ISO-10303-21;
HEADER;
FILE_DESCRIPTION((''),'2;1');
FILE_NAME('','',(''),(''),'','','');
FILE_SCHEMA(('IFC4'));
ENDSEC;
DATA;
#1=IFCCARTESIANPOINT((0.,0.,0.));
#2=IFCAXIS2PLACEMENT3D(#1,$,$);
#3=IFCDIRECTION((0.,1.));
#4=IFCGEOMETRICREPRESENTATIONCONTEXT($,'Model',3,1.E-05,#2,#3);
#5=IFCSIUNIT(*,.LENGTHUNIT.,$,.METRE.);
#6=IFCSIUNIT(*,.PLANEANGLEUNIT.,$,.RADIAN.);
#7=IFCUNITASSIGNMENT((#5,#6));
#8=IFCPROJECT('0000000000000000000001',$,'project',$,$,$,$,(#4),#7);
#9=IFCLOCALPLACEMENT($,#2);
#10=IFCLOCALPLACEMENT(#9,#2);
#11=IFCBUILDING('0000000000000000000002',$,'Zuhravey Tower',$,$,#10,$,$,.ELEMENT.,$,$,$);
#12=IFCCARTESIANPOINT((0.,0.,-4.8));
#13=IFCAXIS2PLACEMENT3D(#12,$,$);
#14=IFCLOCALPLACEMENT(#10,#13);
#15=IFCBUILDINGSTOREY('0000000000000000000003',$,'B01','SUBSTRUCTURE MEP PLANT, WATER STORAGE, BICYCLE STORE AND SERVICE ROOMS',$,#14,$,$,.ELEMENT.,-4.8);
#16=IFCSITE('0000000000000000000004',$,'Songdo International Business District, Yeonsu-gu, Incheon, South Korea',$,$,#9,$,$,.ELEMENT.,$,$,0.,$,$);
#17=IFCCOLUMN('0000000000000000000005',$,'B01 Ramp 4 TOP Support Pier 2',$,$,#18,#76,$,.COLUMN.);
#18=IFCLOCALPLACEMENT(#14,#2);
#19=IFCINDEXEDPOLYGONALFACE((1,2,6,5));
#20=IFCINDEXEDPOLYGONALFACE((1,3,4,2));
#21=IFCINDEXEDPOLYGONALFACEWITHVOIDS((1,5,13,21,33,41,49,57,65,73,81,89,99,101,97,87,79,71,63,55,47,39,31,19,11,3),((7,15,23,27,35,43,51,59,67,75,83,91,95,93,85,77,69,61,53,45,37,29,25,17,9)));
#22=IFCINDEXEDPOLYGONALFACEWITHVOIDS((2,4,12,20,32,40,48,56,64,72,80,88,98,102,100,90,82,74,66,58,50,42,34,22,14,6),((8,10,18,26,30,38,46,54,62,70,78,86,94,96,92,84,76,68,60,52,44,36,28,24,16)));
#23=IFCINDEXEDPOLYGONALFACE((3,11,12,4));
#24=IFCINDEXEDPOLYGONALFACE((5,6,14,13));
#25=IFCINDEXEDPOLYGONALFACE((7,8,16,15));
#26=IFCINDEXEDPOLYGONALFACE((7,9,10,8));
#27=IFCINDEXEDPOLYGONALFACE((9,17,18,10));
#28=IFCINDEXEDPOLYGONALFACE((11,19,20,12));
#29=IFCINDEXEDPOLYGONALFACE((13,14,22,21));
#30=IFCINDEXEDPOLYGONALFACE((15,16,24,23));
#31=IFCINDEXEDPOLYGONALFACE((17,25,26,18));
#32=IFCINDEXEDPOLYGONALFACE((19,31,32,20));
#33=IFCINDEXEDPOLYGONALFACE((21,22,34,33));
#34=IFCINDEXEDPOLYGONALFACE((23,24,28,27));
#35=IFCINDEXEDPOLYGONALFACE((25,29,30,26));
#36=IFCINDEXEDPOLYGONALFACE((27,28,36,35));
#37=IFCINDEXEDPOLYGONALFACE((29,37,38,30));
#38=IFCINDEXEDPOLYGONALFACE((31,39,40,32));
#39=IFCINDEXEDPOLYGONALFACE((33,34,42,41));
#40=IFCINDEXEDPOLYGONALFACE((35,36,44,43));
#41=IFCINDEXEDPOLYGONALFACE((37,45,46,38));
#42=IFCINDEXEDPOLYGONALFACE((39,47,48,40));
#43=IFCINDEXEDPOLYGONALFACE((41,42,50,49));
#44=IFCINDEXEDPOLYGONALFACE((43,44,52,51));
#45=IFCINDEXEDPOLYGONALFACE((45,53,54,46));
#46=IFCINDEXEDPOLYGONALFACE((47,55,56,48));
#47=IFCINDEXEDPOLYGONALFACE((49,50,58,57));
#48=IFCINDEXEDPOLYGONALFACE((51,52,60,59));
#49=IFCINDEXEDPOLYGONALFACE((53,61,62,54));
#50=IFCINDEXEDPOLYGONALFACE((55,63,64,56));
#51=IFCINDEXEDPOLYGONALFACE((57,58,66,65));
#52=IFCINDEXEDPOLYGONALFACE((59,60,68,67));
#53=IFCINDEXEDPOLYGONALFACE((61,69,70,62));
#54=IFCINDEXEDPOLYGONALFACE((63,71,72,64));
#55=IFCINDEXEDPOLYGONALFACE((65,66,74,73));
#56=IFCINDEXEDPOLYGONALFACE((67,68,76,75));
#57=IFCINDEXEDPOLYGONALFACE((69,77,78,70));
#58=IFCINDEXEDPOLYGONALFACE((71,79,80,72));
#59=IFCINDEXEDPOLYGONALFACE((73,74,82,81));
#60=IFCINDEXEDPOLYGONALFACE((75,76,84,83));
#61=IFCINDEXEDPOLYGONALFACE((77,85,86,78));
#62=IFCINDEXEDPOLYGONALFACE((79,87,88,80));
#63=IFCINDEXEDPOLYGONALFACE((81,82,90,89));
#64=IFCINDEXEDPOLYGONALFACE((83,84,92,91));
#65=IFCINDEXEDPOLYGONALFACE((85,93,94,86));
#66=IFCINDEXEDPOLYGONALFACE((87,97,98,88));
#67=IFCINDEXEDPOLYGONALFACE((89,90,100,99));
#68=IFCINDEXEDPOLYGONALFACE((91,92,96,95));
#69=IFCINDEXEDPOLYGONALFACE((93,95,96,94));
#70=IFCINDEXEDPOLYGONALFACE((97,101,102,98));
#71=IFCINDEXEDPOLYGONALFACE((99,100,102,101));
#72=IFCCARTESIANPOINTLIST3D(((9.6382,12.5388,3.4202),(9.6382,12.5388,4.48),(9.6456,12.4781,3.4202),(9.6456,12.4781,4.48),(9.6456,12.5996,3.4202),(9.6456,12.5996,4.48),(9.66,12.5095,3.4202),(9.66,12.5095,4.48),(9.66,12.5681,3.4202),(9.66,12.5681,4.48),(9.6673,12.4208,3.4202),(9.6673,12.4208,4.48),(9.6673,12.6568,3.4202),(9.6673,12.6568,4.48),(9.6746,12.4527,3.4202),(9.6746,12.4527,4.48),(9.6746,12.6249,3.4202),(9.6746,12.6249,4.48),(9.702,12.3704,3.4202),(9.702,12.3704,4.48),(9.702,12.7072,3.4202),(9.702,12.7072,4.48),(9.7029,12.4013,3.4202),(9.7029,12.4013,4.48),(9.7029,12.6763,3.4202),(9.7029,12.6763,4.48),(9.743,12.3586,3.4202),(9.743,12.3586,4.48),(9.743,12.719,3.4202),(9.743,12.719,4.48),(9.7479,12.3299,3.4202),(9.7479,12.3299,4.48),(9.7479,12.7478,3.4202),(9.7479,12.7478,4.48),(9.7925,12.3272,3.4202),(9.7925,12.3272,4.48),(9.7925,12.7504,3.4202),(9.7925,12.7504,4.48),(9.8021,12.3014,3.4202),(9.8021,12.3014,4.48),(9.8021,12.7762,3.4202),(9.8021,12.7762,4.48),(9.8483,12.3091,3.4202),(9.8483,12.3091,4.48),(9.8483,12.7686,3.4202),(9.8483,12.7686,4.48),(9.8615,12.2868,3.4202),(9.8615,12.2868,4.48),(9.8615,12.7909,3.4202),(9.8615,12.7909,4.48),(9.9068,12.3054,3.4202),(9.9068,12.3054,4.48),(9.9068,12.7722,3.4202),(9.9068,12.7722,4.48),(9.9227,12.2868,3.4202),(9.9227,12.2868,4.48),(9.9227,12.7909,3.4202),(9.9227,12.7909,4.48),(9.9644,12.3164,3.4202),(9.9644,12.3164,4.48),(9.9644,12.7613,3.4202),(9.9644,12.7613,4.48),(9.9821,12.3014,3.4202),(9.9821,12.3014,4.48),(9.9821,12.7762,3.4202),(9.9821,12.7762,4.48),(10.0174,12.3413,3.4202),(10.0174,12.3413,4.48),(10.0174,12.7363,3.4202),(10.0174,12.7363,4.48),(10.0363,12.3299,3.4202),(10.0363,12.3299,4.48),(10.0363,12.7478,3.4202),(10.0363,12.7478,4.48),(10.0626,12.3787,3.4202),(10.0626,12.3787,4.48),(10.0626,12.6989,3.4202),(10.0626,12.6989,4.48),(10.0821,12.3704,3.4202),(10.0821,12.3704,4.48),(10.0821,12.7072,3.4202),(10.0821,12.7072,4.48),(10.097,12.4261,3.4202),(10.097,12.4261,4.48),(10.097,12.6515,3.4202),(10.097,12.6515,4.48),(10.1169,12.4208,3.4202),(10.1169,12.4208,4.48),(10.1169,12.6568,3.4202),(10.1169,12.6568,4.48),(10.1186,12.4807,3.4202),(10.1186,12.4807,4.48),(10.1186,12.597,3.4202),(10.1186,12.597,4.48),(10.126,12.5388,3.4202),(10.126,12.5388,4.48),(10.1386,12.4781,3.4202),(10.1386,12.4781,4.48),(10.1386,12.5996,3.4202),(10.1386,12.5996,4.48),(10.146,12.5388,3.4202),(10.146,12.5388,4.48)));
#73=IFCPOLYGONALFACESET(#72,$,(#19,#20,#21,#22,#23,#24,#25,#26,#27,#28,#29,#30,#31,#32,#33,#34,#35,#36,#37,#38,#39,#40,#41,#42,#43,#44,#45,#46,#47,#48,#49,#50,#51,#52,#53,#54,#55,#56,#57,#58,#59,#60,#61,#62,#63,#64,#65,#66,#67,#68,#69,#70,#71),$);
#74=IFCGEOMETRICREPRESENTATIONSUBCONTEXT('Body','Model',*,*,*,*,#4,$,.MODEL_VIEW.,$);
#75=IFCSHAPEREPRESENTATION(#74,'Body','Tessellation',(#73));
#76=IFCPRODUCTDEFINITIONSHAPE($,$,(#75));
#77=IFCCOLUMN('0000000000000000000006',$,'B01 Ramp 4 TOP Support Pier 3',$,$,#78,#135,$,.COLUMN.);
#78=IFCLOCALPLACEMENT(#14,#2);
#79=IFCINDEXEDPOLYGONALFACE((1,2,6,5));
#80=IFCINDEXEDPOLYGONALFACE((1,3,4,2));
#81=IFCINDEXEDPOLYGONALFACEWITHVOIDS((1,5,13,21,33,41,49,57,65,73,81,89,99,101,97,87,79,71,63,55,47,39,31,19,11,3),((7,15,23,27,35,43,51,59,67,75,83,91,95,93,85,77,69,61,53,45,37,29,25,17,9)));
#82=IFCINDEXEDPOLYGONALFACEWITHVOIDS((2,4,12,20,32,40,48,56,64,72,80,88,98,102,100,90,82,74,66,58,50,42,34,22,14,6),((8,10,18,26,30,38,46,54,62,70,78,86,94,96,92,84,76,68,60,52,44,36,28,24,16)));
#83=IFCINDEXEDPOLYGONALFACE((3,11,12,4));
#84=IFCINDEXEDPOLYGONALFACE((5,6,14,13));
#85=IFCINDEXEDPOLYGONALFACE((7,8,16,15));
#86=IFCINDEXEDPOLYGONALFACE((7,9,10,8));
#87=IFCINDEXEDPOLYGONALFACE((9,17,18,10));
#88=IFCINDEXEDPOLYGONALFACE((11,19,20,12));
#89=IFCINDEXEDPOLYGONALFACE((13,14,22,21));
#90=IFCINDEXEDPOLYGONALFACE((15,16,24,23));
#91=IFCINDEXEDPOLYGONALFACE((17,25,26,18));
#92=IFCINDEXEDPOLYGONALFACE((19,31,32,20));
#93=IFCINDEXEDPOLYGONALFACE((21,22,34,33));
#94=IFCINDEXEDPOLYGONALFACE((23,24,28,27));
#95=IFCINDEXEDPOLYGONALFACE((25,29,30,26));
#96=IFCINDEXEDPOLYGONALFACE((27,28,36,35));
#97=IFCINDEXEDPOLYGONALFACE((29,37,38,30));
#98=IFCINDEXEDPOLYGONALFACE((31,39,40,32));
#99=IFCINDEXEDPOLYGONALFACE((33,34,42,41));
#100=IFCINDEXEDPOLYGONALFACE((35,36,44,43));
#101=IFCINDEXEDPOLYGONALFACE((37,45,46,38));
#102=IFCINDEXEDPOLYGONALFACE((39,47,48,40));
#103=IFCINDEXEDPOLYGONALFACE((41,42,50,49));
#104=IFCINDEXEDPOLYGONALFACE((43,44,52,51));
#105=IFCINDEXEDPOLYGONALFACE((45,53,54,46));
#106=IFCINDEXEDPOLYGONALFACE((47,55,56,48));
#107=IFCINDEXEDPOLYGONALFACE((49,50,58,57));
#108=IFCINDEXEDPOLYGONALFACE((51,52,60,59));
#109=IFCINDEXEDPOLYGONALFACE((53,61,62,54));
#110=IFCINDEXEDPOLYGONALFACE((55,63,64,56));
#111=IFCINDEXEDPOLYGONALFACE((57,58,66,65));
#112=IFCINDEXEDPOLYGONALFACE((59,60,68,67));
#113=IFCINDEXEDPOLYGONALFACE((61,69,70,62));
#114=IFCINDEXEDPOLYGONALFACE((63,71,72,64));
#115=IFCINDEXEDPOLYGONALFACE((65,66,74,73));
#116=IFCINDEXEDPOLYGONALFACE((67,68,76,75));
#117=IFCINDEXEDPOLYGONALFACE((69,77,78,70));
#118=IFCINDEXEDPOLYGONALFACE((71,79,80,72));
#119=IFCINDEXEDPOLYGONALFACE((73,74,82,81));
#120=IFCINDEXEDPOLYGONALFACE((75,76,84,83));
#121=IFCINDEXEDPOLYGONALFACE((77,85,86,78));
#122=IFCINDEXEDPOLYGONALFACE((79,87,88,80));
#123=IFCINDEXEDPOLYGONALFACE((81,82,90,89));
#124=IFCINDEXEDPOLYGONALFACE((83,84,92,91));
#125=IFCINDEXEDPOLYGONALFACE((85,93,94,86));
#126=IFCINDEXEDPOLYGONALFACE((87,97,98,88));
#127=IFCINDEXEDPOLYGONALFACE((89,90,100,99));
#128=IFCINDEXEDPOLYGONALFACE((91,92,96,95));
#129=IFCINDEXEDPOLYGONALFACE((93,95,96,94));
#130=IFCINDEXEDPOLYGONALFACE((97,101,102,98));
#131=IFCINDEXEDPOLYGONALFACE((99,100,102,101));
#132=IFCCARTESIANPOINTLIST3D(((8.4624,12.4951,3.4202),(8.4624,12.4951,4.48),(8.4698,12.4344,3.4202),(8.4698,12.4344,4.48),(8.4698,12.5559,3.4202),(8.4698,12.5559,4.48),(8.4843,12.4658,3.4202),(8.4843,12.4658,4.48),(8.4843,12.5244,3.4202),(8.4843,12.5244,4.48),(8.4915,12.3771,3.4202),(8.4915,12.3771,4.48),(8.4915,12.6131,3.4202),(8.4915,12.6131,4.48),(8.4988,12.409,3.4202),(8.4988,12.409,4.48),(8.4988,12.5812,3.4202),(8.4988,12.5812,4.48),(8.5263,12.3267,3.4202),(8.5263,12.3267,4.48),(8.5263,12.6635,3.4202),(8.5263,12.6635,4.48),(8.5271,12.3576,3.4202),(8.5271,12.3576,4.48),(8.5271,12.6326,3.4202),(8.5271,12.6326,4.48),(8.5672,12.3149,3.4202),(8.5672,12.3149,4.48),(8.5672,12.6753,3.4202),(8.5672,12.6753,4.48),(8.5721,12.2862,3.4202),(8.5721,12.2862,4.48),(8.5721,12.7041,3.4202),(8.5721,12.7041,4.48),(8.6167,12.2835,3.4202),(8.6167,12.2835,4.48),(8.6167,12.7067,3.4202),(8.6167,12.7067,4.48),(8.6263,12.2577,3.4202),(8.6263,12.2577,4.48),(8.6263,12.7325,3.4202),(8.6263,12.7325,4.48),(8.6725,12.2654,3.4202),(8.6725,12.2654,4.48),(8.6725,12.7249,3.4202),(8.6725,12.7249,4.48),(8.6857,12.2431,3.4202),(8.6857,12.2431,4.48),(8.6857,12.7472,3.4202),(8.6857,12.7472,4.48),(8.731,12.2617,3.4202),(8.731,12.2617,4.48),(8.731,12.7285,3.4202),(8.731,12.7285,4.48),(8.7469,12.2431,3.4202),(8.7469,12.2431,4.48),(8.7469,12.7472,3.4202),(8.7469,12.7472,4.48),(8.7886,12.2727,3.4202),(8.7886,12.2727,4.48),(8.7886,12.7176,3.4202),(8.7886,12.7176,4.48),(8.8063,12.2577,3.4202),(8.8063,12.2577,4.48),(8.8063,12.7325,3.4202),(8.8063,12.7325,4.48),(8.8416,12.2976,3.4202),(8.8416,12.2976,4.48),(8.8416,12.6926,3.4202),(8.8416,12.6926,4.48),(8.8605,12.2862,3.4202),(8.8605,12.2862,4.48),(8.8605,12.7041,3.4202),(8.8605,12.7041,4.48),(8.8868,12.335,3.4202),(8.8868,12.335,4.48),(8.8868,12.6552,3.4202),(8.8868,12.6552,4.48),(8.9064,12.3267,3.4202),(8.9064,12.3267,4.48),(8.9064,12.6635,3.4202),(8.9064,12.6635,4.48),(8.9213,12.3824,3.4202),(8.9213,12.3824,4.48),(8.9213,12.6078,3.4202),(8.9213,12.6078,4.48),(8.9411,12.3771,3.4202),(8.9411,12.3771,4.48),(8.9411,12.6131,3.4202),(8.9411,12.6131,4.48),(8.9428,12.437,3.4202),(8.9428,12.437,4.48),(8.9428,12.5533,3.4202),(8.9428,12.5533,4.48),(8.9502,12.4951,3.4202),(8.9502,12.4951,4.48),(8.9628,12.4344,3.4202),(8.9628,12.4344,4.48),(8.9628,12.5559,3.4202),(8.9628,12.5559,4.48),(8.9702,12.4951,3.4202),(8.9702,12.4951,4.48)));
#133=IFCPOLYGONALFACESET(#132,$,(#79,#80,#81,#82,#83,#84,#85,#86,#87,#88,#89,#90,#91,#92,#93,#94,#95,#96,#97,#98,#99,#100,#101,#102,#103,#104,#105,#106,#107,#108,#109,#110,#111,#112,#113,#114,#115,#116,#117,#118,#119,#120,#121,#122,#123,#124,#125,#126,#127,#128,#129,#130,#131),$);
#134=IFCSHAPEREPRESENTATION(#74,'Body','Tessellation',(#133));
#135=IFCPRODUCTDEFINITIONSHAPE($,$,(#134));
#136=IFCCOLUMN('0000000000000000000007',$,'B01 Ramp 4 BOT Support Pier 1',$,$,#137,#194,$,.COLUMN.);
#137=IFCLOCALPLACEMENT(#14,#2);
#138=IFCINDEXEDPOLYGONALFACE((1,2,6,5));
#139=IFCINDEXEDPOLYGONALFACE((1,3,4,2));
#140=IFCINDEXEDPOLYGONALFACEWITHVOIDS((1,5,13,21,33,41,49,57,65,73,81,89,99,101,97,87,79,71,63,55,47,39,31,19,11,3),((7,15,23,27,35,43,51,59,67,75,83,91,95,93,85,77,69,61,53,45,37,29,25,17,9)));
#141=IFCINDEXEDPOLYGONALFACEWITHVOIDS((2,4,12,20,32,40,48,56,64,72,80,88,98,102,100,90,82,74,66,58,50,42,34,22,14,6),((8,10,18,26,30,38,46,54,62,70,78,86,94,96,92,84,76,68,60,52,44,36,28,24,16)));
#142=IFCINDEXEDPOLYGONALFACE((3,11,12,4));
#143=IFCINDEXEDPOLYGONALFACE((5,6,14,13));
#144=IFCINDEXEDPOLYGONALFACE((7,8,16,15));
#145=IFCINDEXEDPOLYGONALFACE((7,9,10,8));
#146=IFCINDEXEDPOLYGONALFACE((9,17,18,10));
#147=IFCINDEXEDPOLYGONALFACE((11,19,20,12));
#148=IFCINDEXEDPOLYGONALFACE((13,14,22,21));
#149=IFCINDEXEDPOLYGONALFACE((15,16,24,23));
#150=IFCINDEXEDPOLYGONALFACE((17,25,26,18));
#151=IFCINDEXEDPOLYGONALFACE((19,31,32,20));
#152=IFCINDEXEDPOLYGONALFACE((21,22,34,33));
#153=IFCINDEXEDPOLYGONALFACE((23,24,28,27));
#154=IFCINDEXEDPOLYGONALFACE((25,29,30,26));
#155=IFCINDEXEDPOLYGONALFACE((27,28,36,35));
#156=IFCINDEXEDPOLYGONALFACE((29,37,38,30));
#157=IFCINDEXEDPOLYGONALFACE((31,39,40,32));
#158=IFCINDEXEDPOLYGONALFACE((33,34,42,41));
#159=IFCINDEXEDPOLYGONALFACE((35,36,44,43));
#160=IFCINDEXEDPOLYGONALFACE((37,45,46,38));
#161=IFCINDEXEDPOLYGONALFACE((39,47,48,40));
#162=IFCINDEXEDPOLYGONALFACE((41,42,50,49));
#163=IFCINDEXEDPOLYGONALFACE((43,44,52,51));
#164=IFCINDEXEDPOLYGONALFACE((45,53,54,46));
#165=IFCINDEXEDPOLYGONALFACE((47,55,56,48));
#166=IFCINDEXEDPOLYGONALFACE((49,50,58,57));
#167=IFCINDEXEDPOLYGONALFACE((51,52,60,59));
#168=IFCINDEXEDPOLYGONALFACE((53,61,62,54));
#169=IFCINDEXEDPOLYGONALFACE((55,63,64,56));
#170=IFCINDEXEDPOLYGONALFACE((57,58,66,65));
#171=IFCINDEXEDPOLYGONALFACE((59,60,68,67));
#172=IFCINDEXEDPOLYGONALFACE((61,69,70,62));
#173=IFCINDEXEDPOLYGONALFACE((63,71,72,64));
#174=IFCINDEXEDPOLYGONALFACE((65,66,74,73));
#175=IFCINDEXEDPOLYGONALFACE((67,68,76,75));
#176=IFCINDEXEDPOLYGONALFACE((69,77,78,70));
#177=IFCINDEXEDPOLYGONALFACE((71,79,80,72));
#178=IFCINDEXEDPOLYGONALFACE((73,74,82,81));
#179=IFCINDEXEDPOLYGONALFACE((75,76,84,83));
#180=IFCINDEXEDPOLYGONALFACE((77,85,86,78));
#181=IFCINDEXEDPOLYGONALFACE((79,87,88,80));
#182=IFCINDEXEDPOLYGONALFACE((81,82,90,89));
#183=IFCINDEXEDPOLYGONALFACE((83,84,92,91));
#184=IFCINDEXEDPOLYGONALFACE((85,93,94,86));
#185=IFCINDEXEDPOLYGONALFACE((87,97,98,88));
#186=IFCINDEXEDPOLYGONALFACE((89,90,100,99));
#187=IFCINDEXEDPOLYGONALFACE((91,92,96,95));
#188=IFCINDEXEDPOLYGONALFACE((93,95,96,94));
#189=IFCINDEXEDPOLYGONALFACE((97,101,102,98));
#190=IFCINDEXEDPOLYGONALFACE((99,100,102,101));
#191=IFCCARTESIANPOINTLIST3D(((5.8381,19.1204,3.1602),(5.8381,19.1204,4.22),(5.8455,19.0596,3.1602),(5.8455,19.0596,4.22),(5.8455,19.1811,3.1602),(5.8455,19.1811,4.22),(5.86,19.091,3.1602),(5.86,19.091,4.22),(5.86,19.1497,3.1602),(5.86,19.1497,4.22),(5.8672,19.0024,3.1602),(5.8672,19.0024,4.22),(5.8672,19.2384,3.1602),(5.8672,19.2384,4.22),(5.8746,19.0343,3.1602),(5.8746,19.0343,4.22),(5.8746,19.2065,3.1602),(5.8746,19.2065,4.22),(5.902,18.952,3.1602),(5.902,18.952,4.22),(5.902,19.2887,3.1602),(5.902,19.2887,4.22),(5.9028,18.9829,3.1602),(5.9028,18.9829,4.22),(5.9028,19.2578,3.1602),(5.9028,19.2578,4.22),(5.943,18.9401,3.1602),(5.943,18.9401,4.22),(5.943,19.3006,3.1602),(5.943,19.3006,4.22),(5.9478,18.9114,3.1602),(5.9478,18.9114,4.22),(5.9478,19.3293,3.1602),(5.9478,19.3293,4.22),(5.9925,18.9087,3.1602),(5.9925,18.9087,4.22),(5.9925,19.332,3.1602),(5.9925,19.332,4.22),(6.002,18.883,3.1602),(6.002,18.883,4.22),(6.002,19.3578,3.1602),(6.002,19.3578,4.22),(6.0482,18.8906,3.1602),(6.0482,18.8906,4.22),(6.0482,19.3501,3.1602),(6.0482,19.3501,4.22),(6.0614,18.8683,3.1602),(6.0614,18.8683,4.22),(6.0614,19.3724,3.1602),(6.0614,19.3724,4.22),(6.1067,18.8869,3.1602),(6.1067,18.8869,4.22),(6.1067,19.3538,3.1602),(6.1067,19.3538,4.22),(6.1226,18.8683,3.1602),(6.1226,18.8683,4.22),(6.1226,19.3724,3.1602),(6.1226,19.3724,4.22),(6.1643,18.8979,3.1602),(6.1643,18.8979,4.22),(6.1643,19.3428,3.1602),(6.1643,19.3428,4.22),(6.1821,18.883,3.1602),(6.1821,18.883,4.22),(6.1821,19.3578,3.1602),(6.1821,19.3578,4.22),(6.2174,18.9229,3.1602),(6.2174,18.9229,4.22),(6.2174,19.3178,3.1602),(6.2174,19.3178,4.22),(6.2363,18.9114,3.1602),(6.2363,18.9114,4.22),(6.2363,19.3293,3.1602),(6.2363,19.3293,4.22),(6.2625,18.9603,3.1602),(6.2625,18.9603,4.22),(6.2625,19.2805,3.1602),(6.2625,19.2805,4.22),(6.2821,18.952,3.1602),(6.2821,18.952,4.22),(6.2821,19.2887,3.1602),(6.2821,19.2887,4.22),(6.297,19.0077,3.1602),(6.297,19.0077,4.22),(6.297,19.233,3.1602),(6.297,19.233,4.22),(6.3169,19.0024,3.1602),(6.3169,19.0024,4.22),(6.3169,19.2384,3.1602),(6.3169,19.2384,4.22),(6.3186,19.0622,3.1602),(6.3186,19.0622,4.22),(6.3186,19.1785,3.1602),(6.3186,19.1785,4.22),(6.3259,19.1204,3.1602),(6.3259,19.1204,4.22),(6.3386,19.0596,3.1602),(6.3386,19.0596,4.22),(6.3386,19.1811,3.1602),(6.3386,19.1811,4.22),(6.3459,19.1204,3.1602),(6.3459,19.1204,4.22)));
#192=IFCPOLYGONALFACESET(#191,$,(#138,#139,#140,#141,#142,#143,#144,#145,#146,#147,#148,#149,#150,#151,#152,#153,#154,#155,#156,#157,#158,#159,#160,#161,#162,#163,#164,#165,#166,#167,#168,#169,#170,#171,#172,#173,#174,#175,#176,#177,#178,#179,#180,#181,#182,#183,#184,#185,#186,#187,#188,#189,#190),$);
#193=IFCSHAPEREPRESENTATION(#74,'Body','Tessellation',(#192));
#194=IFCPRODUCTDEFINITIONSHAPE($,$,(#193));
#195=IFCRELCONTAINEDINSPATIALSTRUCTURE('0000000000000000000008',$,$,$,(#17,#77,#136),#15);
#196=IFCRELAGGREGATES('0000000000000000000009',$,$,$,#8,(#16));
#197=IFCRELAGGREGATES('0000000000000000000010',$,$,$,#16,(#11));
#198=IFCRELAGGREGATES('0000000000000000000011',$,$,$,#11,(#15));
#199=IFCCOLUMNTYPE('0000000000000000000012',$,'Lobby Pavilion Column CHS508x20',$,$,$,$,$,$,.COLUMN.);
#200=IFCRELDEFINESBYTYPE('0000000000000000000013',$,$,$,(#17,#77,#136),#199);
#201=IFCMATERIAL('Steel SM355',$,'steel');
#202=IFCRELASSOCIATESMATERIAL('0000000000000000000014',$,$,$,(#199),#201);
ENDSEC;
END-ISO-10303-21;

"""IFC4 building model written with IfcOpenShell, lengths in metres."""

from ifc_helpers import new_model, si_unit, direction, frame, origin, origin_2d, place, context, subcontext, project, spatial, hollow_circle, extrude, material, material_profile, profile_set, type_object, element, save


model = new_model("IFC4")

# Units and contexts
model_context = context("Model", 3, precision=1e-05, world=origin(), true_north=direction((0.0, 1.0)))
body_context = subcontext(model_context, "Body", "Model", "MODEL_VIEW")
ifc_project = project(units=[si_unit("LENGTHUNIT", "METRE"), si_unit("PLANEANGLEUNIT", "RADIAN")], contexts=[model_context])

# Site, building, storey
site_placement = place(None, origin())
site = spatial("IfcSite", under=ifc_project, at=site_placement, Name="Songdo International Business District, Yeonsu-gu, Incheon, South Korea", CompositionType="ELEMENT", RefElevation=0.0)
building_placement = place(site_placement, origin())
building = spatial("IfcBuilding", under=site, at=building_placement, Name="Zuhravey Tower", CompositionType="ELEMENT")
storey_placement = place(building_placement, frame((0.0, 0.0, -4.8)))
storey = spatial("IfcBuildingStorey", under=building, at=storey_placement, Name="B01", Description="SUBSTRUCTURE MEP PLANT, WATER STORAGE, BICYCLE STORE AND SERVICE ROOMS", CompositionType="ELEMENT", Elevation=-4.8)

# Columns
ifc_material_1 = material(Name="Steel SM355", Category="steel")
ifc_material_profile_1 = material_profile(ifc_material_1, hollow_circle(Radius=0.2539, WallThickness=0.02, at=origin_2d()), Name="CHS-508x20")
ifc_profile_set_1 = profile_set([ifc_material_profile_1], Name="Steel SM355")
column_type_1 = type_object("IfcColumnType", Name="Lobby Pavilion Column CHS508x20", PredefinedType="COLUMN", material=ifc_profile_set_1)
for number, where, z_axis, x_axis, name in (
    (1, (9.8921, 12.5388, 3.4202), (0.0, 0.0, 1.0), (1.0, 0.0, 0.0), "B01 Ramp 4 TOP Support Pier 2"),
    (2, (8.7163, 12.4951, 3.4202), (0.0, 0.0, 1.0), (1.0, 0.0, 0.0), "B01 Ramp 4 TOP Support Pier 3"),
    (3, (6.092, 19.1204, 3.1602), (0.0, 0.0, 1.0), (1.0, 0.0, 0.0), "B01 Ramp 4 BOT Support Pier 1"),
):
    element("IfcColumn", number, at=place(storey_placement, frame(where, z_axis=z_axis, x_axis=x_axis)), inside=storey, type_object=column_type_1, Name=name, PredefinedType="COLUMN", context=body_context, shape_type="SweptSolid", body=[
        extrude(hollow_circle(Radius=0.2539, WallThickness=0.02, at=origin_2d()), origin(), (0.0, 0.0, 1.0), 1.0598),
    ])

save(model, "model.ifc")
